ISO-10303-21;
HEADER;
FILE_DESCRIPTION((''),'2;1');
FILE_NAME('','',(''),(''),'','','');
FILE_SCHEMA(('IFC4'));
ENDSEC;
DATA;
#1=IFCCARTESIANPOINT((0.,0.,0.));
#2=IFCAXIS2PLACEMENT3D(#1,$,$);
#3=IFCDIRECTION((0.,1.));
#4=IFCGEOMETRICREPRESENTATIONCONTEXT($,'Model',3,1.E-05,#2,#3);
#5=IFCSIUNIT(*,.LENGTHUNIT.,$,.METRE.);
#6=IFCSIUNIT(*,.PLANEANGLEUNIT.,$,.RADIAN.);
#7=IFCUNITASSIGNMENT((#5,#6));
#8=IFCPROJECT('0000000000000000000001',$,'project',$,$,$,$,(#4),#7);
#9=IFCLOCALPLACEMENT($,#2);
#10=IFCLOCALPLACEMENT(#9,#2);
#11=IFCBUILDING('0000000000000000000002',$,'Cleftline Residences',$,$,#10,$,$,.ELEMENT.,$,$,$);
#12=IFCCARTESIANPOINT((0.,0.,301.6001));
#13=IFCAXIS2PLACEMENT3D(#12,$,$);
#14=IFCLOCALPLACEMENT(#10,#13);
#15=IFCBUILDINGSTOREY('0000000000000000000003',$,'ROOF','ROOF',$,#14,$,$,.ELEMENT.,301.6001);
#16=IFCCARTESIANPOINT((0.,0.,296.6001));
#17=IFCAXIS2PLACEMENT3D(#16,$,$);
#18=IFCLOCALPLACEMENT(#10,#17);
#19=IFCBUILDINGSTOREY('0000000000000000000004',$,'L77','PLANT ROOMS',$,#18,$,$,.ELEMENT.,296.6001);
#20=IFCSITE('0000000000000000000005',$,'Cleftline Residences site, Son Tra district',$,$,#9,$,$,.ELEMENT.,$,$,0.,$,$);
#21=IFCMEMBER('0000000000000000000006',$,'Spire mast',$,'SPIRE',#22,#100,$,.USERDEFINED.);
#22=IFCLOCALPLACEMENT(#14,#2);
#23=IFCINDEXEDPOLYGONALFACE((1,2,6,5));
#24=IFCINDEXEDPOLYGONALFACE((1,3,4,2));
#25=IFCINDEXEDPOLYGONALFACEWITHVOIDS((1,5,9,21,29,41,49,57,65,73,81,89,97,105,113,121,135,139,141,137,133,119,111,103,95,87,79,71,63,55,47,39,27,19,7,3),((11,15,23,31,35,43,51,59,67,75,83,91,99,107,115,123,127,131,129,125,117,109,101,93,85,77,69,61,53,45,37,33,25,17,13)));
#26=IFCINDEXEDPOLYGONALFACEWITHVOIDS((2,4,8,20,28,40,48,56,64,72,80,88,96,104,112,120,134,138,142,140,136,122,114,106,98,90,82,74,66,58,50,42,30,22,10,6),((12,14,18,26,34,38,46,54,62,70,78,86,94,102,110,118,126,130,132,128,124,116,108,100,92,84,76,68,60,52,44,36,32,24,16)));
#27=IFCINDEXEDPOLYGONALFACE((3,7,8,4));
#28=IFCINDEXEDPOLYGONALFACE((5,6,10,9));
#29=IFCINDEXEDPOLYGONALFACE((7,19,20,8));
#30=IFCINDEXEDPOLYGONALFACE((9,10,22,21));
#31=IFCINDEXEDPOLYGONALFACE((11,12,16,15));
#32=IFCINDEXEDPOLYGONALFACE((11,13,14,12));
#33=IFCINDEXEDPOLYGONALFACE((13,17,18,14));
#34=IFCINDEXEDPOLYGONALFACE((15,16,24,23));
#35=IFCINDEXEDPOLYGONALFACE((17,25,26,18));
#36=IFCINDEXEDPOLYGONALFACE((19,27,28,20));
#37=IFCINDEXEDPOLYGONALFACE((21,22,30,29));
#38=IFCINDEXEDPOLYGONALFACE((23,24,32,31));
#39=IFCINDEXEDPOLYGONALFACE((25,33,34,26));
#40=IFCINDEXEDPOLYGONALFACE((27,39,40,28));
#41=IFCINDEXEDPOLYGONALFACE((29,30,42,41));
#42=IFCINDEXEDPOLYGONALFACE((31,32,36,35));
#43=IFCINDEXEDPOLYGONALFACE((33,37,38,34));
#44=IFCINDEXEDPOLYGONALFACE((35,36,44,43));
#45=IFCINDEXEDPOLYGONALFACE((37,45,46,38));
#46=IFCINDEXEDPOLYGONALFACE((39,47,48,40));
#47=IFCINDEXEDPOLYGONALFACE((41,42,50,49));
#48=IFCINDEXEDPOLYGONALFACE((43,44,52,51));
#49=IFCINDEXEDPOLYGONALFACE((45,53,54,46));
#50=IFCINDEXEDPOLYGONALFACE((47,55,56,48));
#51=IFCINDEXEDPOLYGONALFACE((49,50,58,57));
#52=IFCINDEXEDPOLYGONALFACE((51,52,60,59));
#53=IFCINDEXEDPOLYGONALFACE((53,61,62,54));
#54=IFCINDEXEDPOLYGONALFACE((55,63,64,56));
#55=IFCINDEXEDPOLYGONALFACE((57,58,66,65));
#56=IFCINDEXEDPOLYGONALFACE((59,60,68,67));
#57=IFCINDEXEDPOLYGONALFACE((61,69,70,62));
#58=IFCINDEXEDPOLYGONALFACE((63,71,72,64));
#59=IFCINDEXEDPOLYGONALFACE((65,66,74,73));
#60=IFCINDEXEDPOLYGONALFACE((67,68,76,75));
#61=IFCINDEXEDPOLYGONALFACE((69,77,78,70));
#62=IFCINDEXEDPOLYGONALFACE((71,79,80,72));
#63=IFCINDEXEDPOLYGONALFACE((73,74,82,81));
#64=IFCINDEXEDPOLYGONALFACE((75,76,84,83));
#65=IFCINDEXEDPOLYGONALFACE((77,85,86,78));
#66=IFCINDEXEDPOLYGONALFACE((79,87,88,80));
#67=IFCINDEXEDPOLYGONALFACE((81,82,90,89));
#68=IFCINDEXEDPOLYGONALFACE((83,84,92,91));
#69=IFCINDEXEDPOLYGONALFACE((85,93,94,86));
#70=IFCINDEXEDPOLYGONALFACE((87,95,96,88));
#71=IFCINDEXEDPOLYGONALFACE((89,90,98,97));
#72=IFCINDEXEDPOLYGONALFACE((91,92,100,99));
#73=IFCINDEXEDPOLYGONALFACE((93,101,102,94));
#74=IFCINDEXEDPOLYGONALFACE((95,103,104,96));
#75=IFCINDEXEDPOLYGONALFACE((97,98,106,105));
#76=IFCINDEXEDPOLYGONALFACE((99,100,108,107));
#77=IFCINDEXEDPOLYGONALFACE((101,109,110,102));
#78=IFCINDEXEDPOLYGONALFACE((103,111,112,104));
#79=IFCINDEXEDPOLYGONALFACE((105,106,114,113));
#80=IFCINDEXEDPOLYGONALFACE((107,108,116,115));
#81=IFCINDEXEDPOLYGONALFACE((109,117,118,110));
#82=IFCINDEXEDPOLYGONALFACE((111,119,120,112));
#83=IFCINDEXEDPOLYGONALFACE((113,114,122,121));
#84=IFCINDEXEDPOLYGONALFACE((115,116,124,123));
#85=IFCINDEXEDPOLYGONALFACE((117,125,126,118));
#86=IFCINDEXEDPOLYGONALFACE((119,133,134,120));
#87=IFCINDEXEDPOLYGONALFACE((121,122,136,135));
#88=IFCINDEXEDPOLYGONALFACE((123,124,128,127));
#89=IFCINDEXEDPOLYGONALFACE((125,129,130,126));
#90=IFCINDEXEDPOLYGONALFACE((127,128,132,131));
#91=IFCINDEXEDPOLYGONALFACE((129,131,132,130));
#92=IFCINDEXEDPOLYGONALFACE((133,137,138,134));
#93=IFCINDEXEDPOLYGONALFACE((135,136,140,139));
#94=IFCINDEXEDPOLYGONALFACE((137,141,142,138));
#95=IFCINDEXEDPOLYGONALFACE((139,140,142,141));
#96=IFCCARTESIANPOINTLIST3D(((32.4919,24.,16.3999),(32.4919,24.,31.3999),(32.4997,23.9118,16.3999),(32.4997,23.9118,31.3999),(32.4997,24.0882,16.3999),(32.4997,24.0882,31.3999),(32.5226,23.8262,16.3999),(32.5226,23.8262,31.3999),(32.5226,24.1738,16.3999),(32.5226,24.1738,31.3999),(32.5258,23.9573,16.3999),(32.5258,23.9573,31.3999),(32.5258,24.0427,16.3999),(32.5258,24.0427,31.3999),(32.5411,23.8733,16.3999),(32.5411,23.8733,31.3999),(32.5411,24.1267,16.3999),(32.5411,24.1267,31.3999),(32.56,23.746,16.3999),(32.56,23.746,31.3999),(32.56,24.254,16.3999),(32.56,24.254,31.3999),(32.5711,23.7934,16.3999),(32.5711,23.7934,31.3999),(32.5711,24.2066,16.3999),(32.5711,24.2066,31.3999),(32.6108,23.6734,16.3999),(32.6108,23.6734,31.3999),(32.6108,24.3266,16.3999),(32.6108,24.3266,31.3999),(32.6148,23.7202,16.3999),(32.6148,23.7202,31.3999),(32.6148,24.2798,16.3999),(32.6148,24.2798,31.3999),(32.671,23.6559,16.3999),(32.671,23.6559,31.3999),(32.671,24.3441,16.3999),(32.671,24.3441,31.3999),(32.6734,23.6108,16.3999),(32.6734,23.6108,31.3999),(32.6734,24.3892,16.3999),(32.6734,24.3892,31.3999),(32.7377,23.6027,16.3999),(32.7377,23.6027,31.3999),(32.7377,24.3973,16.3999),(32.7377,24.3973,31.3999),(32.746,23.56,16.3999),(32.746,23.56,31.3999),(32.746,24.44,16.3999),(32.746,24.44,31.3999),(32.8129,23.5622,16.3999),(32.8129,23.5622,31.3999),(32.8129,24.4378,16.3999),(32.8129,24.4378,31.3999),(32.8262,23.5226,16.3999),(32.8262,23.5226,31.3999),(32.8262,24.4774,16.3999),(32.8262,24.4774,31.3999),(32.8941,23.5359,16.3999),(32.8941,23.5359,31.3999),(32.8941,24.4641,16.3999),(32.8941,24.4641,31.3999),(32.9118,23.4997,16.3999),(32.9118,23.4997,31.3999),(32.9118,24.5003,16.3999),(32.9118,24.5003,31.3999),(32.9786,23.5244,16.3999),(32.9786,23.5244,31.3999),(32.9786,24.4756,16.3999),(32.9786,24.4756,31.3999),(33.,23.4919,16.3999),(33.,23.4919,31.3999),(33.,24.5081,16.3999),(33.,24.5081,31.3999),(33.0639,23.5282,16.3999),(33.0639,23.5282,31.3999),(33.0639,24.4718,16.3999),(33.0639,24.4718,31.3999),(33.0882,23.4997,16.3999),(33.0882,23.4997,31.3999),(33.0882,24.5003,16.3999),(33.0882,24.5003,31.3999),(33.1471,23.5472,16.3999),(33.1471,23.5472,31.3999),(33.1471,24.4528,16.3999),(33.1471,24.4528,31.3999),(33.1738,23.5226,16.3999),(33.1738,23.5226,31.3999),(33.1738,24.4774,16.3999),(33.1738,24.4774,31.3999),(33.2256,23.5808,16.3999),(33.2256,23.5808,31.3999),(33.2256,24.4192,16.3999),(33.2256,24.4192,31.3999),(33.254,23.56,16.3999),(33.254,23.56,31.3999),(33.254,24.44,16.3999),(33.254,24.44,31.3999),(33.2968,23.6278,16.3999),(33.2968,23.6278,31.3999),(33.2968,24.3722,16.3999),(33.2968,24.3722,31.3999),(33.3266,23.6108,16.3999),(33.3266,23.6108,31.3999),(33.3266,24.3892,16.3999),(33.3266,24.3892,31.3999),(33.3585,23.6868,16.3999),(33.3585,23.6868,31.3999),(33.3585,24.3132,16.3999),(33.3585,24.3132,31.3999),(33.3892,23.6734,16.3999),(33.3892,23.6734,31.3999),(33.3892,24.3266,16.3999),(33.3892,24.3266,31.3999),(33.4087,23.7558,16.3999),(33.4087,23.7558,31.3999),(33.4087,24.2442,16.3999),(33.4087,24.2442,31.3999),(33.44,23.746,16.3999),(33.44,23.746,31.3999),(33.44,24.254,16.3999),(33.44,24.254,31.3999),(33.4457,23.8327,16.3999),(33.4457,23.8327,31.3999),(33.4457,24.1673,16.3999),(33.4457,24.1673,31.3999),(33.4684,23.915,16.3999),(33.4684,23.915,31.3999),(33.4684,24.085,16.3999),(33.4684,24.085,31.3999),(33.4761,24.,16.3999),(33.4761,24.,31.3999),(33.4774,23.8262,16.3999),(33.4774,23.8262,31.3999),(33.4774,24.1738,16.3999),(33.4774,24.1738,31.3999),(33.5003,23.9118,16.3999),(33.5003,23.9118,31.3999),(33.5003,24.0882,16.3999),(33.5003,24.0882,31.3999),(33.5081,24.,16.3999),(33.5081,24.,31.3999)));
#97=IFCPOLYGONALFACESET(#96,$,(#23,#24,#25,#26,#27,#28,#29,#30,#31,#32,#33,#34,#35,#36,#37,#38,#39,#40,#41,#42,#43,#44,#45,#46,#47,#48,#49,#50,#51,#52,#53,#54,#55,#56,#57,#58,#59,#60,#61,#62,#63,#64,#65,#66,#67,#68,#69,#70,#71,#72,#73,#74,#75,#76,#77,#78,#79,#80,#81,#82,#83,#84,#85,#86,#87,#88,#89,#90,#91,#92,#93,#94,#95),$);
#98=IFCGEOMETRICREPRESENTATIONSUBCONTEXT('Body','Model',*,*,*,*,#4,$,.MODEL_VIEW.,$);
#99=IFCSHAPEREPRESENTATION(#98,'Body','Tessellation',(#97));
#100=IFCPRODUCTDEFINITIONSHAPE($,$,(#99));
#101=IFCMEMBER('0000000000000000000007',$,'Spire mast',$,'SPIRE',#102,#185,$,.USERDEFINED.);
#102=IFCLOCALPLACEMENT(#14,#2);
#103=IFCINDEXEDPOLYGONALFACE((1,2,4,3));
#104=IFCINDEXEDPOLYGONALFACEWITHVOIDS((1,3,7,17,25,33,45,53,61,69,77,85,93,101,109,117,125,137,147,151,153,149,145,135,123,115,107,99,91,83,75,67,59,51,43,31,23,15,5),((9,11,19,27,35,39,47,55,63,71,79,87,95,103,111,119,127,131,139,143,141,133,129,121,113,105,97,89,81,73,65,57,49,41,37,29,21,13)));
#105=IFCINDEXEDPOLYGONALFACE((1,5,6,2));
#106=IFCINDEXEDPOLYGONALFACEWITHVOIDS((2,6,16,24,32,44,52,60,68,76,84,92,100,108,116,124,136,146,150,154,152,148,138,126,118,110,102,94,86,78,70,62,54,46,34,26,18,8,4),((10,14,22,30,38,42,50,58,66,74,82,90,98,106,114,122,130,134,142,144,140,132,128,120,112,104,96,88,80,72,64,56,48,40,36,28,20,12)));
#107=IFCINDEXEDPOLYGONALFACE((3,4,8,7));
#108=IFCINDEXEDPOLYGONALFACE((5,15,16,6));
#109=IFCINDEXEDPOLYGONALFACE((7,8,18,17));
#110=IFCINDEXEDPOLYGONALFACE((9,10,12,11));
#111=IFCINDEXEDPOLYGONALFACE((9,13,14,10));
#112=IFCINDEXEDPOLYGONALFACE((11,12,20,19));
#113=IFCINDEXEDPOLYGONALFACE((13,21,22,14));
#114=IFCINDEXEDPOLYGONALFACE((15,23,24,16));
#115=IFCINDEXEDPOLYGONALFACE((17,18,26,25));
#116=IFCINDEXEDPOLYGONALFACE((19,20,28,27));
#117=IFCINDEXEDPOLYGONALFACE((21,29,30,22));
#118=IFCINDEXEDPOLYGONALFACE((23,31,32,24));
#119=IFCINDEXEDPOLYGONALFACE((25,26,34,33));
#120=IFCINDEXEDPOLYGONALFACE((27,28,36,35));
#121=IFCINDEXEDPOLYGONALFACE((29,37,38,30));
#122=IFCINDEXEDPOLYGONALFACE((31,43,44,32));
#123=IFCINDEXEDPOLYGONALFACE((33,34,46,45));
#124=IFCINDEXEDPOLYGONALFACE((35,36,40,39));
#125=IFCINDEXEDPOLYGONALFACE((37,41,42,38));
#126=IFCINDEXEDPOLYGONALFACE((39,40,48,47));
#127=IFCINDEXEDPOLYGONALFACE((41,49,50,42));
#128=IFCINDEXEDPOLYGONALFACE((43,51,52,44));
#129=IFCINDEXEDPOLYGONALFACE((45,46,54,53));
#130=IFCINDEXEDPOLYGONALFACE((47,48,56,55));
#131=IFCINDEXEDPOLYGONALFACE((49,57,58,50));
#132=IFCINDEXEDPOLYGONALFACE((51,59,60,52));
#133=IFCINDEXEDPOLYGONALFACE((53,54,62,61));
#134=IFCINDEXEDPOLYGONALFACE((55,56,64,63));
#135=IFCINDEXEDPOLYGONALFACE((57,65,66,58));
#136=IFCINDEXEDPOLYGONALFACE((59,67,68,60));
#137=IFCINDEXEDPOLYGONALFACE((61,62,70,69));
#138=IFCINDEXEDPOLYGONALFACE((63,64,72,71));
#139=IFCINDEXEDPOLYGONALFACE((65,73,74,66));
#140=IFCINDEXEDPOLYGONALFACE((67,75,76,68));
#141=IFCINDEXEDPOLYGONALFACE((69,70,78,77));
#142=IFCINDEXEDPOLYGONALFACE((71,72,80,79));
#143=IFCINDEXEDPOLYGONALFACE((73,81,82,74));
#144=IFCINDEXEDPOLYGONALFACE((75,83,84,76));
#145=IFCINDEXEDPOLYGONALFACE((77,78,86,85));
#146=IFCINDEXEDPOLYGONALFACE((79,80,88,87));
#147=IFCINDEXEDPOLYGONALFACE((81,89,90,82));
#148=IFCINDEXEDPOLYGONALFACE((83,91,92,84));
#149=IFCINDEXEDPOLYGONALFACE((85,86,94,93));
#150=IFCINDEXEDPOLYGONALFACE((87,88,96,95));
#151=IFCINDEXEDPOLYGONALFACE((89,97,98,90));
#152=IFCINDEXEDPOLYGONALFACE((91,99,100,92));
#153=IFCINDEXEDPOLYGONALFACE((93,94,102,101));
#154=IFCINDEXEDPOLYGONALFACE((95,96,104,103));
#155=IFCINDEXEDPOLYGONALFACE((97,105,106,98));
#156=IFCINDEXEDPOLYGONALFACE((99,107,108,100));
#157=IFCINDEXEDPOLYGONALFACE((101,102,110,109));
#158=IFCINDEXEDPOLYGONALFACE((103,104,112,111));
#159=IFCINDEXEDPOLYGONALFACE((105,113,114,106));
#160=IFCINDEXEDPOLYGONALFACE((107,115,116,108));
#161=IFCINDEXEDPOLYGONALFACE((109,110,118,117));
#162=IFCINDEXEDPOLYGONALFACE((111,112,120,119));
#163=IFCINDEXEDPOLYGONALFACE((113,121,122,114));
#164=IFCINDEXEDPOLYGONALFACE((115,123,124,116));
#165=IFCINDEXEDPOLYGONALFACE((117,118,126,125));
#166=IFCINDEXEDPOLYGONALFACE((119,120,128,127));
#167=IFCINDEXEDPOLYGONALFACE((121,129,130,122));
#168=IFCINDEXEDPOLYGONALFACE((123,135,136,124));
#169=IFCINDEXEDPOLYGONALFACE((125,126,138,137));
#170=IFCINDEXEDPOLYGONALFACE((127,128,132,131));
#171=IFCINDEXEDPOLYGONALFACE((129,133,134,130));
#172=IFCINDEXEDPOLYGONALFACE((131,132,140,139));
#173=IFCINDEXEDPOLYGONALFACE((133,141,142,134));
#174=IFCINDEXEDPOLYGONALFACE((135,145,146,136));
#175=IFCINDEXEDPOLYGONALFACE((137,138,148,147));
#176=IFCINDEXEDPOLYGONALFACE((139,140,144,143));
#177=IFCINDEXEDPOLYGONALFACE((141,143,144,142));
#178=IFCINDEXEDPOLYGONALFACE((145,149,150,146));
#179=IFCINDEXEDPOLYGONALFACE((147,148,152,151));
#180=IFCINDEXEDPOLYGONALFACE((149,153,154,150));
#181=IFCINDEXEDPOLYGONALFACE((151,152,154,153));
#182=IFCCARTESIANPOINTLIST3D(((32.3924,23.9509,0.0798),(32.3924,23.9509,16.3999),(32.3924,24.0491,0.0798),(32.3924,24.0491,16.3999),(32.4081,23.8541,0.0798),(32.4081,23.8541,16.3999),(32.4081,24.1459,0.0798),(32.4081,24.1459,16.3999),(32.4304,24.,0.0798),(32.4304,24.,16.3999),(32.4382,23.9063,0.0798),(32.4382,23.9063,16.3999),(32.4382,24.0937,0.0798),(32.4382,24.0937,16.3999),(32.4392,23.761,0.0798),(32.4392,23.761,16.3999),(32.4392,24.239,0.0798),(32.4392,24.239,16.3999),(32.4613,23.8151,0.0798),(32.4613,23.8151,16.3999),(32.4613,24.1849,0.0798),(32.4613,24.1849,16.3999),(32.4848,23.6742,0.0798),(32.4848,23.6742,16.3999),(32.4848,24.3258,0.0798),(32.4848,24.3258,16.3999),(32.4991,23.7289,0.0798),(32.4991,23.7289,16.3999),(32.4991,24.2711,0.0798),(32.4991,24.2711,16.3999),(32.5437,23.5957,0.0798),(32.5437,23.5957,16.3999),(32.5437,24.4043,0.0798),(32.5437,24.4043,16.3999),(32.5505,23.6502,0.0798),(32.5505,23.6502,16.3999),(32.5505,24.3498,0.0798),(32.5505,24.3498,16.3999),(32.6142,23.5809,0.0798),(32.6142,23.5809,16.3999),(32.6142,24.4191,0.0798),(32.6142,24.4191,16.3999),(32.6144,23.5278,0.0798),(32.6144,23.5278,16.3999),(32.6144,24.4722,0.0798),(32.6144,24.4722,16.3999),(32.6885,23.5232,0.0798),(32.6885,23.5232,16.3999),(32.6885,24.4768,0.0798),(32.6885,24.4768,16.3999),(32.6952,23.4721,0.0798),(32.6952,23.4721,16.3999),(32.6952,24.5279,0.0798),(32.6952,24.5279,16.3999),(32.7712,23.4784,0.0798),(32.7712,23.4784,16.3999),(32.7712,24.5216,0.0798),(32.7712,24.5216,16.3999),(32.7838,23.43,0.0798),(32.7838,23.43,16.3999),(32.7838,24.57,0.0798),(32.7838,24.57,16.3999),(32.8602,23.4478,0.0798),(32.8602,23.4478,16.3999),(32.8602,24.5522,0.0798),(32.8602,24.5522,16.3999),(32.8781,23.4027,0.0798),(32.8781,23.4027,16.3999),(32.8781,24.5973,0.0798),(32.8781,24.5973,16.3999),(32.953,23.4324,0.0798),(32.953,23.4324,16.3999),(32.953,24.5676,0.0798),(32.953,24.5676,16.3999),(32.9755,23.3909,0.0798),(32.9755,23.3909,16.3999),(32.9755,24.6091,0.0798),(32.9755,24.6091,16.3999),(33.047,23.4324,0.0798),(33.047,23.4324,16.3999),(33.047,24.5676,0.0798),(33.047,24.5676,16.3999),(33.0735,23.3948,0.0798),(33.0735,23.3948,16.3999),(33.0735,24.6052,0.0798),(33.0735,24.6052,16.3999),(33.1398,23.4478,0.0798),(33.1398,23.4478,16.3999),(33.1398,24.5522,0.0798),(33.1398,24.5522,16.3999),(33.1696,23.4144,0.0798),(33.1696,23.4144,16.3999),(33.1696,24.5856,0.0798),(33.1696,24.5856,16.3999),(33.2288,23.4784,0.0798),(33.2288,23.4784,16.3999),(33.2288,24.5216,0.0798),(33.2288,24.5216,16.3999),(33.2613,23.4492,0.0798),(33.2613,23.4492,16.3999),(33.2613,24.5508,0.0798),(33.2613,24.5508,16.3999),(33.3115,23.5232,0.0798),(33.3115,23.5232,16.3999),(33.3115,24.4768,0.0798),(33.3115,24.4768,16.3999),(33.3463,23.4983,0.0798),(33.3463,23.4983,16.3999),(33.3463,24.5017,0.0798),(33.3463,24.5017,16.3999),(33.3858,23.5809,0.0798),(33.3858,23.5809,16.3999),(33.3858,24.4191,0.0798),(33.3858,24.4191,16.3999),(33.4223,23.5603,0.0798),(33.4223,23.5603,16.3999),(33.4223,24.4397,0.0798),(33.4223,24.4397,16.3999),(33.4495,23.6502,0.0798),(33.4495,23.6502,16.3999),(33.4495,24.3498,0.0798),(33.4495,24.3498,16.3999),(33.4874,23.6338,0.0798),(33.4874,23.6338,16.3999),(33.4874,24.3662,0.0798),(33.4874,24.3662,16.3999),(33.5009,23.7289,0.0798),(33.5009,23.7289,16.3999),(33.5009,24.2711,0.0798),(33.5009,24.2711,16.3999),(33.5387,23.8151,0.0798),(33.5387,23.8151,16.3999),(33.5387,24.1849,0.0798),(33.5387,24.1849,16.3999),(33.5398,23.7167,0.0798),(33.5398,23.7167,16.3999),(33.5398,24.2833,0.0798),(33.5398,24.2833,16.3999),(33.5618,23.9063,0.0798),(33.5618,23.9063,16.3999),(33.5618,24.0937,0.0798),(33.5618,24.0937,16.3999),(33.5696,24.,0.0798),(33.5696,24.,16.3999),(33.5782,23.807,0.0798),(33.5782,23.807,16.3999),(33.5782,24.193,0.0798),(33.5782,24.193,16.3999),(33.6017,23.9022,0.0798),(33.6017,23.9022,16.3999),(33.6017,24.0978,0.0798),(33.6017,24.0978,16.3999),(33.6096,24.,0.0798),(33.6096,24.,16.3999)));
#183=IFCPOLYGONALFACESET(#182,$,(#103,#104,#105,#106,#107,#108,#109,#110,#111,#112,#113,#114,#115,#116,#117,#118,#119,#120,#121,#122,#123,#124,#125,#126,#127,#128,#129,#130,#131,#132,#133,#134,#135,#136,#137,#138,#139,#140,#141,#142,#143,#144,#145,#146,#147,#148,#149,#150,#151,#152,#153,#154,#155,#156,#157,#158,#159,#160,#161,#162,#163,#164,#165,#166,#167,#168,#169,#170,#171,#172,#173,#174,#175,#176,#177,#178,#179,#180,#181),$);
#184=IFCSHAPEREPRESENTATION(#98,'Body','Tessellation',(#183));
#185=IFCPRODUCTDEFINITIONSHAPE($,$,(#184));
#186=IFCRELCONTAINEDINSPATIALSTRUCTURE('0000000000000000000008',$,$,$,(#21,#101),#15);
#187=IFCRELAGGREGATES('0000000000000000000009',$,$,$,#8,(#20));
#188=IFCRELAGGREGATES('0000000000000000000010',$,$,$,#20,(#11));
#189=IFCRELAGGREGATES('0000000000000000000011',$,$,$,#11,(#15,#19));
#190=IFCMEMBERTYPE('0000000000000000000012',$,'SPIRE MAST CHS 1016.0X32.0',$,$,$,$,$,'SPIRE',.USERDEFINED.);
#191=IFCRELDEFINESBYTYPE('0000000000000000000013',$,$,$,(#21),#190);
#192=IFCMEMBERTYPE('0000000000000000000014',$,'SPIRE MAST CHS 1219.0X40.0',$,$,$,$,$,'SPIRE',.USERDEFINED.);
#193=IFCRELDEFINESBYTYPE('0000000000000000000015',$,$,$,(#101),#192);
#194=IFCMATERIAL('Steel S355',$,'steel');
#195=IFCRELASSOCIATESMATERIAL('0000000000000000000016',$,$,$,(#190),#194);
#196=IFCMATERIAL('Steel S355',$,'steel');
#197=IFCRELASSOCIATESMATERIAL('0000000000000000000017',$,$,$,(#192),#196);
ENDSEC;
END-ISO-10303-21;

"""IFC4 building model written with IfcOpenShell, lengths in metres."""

from ifc_helpers import new_model, si_unit, direction, frame, origin, origin_2d, place, context, subcontext, project, spatial, hollow_circle, extrude, material, material_profile, profile_set, type_object, element, save


model = new_model("IFC4")

# Units and contexts
model_context = context("Model", 3, precision=1e-05, world=origin(), true_north=direction((0.0, 1.0)))
body_context = subcontext(model_context, "Body", "Model", "MODEL_VIEW")
ifc_project = project(units=[si_unit("LENGTHUNIT", "METRE"), si_unit("PLANEANGLEUNIT", "RADIAN")], contexts=[model_context])

# Site, building, storey
site_placement = place(None, origin())
site = spatial("IfcSite", under=ifc_project, at=site_placement, Name="Cleftline Residences site, Son Tra district", CompositionType="ELEMENT", RefElevation=0.0)
building_placement = place(site_placement, origin())
building = spatial("IfcBuilding", under=site, at=building_placement, Name="Cleftline Residences", CompositionType="ELEMENT")
storey_1_placement = place(building_placement, frame((0.0, 0.0, 301.6001)))
storey_1 = spatial("IfcBuildingStorey", under=building, at=storey_1_placement, Name="ROOF", Description="ROOF", CompositionType="ELEMENT", Elevation=301.6001)

# Members
ifc_material_1 = material(Name="Steel S355", Category="steel")
ifc_material_profile_1 = material_profile(ifc_material_1, hollow_circle(Radius=0.5081, WallThickness=0.032, at=origin_2d()))
ifc_profile_set_1 = profile_set([ifc_material_profile_1], Name="Steel S355")
member_type_1 = type_object("IfcMemberType", Name="SPIRE MAST CHS 1016.0X32.0", ElementType="SPIRE", PredefinedType="USERDEFINED", material=ifc_profile_set_1)
member_1_placement = place(storey_1_placement, frame((33.0, 24.0, 16.3999), z_axis=(0.0, 0.0, 1.0), x_axis=(1.0, 0.0, 0.0)))
element("IfcMember", 1, at=member_1_placement, inside=storey_1, type_object=member_type_1, Name="Spire mast", ObjectType="SPIRE", PredefinedType="USERDEFINED", context=body_context, shape_type="SweptSolid", body=[
    extrude(hollow_circle(Radius=0.5081, WallThickness=0.032, at=origin_2d()), origin(), (0.0, 0.0, 1.0), 15.0),
])
ifc_material_2 = material(Name="Steel S355", Category="steel")
ifc_material_profile_2 = material_profile(ifc_material_2, hollow_circle(Radius=0.6096, WallThickness=0.04, at=origin_2d()))
ifc_profile_set_2 = profile_set([ifc_material_profile_2], Name="Steel S355")
member_type_2 = type_object("IfcMemberType", Name="SPIRE MAST CHS 1219.0X40.0", ElementType="SPIRE", PredefinedType="USERDEFINED", material=ifc_profile_set_2)
member_2_placement = place(storey_1_placement, frame((33.0, 24.0, 0.0798), z_axis=(0.0, 0.0, 1.0), x_axis=(1.0, 0.0, 0.0)))
element("IfcMember", 2, at=member_2_placement, inside=storey_1, type_object=member_type_2, Name="Spire mast", ObjectType="SPIRE", PredefinedType="USERDEFINED", context=body_context, shape_type="SweptSolid", body=[
    extrude(hollow_circle(Radius=0.6096, WallThickness=0.04, at=origin_2d()), origin(), (0.0, 0.0, 1.0), 16.3201),
])

# Shared definitions
storey_2_placement = place(building_placement, frame((0.0, 0.0, 296.6001)))
storey_2 = spatial("IfcBuildingStorey", under=building, at=storey_2_placement, Name="L77", Description="PLANT ROOMS", CompositionType="ELEMENT", Elevation=296.6001)

save(model, "model.ifc")
